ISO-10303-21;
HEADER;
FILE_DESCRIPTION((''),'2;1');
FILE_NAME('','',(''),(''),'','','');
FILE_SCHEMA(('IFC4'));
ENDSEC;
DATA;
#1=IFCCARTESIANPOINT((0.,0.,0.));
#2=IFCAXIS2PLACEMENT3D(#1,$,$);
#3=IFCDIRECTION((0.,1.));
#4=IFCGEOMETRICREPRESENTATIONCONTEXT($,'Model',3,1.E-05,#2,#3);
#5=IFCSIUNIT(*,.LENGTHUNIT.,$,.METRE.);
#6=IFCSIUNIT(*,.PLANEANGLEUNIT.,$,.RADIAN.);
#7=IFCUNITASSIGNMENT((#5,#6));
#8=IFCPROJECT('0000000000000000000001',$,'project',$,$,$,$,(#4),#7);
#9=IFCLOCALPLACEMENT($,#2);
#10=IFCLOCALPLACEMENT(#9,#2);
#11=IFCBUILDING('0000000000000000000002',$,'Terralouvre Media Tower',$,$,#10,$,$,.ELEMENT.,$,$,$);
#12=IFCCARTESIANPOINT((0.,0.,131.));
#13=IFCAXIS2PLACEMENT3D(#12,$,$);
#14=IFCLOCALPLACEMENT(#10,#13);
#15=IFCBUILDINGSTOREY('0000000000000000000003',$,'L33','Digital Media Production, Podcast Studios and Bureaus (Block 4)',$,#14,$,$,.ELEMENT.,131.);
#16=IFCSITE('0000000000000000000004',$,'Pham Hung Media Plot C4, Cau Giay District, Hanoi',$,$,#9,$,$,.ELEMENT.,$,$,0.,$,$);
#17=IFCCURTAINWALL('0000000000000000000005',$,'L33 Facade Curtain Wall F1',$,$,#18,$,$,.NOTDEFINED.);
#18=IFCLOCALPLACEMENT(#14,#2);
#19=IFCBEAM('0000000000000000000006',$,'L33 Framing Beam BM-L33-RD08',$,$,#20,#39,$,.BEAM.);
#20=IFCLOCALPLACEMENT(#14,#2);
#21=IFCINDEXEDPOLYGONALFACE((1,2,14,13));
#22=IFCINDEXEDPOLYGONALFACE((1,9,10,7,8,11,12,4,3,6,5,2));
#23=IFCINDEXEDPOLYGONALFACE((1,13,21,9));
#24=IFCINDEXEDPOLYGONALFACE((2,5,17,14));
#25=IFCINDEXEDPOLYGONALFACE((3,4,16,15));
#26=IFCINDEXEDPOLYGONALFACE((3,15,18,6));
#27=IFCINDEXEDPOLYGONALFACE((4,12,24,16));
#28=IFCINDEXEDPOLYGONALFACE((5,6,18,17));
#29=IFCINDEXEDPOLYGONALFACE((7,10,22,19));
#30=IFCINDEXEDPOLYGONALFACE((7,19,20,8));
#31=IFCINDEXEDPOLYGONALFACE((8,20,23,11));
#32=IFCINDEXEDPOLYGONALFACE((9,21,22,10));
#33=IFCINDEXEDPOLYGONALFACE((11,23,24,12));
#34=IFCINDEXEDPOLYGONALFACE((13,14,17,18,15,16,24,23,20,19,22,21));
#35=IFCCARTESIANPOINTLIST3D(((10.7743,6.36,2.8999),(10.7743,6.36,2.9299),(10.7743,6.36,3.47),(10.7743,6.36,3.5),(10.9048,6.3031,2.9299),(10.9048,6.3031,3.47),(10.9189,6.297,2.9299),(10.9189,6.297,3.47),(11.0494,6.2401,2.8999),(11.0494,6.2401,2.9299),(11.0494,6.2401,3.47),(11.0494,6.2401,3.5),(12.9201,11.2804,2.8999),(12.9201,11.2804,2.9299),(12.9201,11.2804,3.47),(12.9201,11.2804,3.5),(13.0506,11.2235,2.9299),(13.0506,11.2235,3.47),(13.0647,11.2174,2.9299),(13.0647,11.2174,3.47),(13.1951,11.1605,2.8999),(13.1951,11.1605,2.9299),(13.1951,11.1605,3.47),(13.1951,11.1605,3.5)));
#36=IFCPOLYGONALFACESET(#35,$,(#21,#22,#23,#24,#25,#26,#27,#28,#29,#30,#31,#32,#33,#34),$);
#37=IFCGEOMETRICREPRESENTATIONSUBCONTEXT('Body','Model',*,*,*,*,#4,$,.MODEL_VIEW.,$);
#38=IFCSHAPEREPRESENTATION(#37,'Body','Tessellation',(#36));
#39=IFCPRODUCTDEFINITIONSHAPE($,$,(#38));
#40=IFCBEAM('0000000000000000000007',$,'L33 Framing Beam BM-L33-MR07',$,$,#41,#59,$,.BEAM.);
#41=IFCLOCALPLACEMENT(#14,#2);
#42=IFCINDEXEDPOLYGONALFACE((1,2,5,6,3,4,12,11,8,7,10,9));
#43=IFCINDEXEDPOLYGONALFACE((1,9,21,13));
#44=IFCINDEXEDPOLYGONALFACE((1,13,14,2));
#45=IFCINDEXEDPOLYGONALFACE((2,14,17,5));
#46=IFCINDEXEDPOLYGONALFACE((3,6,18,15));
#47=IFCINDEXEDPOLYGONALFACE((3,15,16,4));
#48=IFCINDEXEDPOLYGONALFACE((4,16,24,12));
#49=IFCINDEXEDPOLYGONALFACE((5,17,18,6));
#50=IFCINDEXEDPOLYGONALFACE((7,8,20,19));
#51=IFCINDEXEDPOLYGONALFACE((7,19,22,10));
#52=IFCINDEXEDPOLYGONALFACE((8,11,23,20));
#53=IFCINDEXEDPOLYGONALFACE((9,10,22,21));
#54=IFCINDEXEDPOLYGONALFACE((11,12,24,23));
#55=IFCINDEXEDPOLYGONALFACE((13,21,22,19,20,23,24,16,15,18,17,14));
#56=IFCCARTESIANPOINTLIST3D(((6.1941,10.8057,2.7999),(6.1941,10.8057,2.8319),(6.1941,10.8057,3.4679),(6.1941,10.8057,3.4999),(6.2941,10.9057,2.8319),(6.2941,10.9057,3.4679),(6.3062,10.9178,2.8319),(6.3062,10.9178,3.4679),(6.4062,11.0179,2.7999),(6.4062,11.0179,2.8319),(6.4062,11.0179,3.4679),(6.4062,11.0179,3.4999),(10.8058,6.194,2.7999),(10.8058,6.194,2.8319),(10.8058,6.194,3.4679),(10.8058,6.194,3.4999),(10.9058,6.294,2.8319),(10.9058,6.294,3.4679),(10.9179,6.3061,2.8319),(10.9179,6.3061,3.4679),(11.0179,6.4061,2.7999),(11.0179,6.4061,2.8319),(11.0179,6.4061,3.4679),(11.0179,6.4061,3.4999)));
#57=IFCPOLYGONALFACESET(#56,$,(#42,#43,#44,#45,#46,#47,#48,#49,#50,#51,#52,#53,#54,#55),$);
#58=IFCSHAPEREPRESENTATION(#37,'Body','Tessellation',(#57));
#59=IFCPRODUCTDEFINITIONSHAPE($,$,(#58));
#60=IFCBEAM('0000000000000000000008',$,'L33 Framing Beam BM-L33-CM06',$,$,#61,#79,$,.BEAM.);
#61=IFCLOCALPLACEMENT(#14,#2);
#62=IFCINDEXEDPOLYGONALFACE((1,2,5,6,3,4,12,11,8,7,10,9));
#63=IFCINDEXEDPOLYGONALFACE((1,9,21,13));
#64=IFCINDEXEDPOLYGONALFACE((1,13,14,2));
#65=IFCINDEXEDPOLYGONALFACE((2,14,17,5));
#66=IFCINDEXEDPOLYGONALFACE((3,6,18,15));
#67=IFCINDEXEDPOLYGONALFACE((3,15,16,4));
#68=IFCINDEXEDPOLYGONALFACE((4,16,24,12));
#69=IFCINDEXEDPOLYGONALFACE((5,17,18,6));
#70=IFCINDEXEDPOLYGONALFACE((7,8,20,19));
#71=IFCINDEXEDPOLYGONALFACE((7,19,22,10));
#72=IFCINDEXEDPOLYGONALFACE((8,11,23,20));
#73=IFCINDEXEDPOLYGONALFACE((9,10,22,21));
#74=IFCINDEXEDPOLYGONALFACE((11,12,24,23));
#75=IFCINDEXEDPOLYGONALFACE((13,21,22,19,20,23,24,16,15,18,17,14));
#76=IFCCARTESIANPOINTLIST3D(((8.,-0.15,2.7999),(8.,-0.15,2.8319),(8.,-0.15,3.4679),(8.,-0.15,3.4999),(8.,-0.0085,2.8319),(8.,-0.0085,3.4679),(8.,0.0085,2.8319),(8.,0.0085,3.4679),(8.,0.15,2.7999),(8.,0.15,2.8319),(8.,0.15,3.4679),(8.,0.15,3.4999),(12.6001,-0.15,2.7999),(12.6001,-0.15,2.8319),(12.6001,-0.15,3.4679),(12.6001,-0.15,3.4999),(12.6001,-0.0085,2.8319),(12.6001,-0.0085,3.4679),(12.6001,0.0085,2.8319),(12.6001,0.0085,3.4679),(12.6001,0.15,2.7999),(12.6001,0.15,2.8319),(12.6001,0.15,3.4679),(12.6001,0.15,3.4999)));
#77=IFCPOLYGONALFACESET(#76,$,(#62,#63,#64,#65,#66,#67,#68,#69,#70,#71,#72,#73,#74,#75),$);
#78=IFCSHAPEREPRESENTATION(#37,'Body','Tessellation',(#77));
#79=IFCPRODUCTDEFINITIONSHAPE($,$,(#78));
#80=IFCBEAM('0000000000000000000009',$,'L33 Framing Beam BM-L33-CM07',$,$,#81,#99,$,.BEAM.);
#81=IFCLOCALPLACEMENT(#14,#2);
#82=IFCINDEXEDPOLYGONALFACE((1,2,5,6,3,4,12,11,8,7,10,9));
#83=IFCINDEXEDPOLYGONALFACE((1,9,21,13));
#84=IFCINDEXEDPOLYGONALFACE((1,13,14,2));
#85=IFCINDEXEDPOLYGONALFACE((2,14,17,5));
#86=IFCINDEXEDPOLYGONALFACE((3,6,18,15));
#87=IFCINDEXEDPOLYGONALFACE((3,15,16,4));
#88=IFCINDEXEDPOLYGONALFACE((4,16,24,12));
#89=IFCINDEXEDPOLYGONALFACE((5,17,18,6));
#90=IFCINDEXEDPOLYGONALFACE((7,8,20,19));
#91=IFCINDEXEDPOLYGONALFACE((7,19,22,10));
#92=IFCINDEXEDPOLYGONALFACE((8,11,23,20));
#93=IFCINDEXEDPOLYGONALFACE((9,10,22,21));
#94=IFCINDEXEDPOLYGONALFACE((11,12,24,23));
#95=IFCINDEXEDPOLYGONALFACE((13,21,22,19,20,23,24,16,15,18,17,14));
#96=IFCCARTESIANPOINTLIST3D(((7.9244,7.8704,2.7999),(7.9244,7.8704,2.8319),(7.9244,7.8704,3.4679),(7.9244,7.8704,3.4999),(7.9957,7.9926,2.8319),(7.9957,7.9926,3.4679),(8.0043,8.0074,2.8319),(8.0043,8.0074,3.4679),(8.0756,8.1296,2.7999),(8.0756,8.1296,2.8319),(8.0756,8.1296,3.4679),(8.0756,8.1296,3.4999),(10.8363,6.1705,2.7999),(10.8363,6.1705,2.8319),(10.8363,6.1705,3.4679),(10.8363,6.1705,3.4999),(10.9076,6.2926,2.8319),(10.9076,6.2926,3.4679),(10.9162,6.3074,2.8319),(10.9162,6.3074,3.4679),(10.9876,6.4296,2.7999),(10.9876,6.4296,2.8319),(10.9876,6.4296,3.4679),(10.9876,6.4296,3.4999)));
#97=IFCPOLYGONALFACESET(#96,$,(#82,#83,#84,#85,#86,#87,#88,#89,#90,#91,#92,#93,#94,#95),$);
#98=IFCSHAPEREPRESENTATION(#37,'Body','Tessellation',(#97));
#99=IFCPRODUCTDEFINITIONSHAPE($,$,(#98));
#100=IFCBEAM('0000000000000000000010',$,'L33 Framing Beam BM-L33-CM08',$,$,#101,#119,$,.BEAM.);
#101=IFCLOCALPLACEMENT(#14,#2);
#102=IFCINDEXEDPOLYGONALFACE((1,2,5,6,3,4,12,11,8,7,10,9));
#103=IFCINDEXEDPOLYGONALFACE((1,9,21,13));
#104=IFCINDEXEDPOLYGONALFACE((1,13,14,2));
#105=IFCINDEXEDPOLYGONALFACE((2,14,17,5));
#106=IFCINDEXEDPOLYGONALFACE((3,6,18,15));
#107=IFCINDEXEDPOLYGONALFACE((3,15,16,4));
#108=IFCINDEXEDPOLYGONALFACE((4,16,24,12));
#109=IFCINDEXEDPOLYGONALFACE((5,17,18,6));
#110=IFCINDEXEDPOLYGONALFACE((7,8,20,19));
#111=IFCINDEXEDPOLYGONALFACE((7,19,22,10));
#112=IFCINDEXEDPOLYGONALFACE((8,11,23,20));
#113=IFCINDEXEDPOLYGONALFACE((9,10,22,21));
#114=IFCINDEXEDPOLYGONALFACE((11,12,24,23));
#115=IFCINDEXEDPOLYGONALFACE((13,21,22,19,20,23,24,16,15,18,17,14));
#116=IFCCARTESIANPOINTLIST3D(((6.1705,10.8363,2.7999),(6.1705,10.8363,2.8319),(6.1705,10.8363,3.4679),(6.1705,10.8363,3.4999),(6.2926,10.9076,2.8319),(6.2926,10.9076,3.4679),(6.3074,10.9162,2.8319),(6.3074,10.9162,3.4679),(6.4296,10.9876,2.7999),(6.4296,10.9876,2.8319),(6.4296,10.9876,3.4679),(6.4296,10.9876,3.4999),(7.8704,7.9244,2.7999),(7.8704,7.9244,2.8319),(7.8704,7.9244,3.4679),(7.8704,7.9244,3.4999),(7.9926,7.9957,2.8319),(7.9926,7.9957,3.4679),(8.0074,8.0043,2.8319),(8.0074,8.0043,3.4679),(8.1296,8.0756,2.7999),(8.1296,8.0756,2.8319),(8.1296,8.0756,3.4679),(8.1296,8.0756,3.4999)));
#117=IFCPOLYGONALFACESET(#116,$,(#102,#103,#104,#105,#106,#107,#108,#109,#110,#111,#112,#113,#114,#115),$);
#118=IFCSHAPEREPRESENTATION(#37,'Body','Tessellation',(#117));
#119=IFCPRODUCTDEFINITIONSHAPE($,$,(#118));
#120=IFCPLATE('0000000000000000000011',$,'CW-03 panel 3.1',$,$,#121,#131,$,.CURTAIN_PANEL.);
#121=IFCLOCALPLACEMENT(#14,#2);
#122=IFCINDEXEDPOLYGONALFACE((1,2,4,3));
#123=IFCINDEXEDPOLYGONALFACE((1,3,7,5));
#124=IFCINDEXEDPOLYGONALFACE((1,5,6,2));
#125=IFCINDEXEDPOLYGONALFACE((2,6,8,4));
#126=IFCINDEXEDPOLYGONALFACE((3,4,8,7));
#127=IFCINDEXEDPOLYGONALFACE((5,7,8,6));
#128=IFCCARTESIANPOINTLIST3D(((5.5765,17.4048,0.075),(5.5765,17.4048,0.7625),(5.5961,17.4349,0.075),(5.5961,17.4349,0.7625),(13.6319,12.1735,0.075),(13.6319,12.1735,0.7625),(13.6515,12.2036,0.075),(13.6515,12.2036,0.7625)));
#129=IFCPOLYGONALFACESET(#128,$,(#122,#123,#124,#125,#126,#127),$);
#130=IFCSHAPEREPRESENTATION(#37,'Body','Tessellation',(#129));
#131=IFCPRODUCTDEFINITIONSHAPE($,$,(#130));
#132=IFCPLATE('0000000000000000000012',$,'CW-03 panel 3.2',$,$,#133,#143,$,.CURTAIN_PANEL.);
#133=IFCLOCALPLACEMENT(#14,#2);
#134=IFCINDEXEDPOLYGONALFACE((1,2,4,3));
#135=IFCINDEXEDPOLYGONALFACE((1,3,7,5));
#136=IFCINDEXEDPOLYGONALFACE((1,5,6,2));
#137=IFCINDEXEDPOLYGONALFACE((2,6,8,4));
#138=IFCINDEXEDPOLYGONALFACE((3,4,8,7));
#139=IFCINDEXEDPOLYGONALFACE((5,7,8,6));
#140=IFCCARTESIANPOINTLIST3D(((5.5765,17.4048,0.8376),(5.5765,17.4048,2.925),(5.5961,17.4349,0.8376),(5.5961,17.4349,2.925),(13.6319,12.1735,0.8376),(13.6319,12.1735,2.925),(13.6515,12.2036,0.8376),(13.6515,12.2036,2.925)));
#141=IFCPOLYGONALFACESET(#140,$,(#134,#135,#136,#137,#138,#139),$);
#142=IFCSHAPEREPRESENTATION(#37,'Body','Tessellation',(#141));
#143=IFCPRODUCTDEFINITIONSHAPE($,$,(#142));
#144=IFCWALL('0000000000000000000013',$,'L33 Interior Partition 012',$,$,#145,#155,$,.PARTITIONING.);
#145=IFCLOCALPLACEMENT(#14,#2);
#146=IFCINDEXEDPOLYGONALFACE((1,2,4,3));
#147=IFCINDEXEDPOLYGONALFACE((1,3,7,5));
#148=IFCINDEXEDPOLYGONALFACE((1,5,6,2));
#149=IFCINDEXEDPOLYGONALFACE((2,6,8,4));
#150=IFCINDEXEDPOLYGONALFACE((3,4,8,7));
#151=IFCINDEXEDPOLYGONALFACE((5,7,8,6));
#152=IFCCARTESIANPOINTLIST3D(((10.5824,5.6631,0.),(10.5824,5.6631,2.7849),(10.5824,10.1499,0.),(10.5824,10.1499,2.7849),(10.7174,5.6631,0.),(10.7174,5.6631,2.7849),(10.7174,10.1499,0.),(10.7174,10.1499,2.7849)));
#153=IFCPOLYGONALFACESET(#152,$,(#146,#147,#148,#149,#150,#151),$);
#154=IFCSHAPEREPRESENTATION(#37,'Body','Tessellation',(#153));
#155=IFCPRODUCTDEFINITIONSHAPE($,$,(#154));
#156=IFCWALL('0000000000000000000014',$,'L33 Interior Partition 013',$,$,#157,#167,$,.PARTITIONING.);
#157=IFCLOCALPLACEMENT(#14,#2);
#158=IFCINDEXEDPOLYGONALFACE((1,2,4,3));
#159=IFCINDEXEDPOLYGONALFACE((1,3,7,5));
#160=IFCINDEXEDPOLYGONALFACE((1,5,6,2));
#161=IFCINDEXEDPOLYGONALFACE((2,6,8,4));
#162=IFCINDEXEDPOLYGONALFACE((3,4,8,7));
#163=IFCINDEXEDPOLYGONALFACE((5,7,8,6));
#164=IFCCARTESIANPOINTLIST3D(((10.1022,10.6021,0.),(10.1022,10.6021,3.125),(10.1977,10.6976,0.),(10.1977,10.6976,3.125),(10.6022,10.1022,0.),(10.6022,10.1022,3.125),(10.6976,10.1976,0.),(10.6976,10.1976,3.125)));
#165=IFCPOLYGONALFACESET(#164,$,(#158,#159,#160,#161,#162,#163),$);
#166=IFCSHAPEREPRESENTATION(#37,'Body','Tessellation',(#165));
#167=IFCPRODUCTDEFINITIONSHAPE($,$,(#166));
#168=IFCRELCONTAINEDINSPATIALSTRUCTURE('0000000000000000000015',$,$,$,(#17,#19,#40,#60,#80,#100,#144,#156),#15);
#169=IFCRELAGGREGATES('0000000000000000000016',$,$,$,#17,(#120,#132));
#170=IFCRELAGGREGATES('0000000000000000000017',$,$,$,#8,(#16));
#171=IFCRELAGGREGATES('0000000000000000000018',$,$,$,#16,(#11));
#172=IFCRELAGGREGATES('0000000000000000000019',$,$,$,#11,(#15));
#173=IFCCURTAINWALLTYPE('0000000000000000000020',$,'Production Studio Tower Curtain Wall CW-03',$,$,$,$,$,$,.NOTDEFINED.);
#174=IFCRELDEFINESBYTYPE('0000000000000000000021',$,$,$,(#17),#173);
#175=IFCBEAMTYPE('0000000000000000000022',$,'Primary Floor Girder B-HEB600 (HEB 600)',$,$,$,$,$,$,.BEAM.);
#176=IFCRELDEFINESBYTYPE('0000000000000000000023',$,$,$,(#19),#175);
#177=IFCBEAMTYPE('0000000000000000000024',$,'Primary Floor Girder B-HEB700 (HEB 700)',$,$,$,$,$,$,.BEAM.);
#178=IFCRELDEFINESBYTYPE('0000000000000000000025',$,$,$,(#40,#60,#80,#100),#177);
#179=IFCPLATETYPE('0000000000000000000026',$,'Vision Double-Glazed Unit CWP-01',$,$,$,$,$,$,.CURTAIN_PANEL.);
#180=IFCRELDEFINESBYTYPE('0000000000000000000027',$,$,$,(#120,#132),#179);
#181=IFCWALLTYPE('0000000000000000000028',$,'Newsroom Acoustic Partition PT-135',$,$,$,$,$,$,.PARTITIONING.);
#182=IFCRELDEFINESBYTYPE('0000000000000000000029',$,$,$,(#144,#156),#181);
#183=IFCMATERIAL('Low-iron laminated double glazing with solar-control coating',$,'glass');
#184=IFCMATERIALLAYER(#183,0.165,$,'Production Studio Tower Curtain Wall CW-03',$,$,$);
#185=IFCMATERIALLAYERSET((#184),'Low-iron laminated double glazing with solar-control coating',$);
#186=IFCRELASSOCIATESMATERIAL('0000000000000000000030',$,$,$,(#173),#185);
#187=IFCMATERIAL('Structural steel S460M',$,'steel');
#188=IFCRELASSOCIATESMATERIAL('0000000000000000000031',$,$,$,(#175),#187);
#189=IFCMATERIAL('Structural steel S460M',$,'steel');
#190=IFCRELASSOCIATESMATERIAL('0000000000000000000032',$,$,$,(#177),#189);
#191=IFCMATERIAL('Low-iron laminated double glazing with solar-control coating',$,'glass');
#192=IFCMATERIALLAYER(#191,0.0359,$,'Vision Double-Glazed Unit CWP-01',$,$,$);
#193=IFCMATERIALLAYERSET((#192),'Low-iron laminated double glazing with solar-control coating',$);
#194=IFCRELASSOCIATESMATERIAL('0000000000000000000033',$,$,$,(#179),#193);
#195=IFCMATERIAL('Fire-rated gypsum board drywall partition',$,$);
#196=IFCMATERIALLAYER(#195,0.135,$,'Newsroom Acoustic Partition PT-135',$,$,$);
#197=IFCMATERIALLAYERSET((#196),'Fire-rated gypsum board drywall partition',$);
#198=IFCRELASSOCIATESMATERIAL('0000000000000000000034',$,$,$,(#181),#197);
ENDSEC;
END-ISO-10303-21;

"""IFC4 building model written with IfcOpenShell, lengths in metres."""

from ifc_helpers import new_model, si_unit, direction, frame, frame_2d, origin, origin_2d, place, context, subcontext, project, spatial, rectangle, i_section, extrude, material, layer, layer_set, material_profile, profile_set, type_object, element, aggregate, save


model = new_model("IFC4")

# Units and contexts
model_context = context("Model", 3, precision=1e-05, world=origin(), true_north=direction((0.0, 1.0)))
body_context = subcontext(model_context, "Body", "Model", "MODEL_VIEW")
ifc_project = project(units=[si_unit("LENGTHUNIT", "METRE"), si_unit("PLANEANGLEUNIT", "RADIAN")], contexts=[model_context])

# Site, building, storey
site_placement = place(None, origin())
site = spatial("IfcSite", under=ifc_project, at=site_placement, Name="Pham Hung Media Plot C4, Cau Giay District, Hanoi", CompositionType="ELEMENT", RefElevation=0.0)
building_placement = place(site_placement, origin())
building = spatial("IfcBuilding", under=site, at=building_placement, Name="Terralouvre Media Tower", CompositionType="ELEMENT")
storey_placement = place(building_placement, frame((0.0, 0.0, 131.0)))
storey = spatial("IfcBuildingStorey", under=building, at=storey_placement, Name="L33", Description="Digital Media Production, Podcast Studios and Bureaus (Block 4)", CompositionType="ELEMENT", Elevation=131.0)

# Curtain wall
ifc_material_1 = material(Name="Low-iron laminated double glazing with solar-control coating", Category="glass")
ifc_layer_1 = layer(ifc_material_1, 0.165, Name="Production Studio Tower Curtain Wall CW-03")
ifc_layer_set_1 = layer_set([ifc_layer_1], Name="Low-iron laminated double glazing with solar-control coating")
curtain_wall_type = type_object("IfcCurtainWallType", Name="Production Studio Tower Curtain Wall CW-03", PredefinedType="NOTDEFINED", material=ifc_layer_set_1)
curtain_wall_placement = place(storey_placement, origin())
curtain_wall = element("IfcCurtainWall", 1, at=curtain_wall_placement, inside=storey, type_object=curtain_wall_type, Name="L33 Facade Curtain Wall F1", PredefinedType="NOTDEFINED")

# Beams
ifc_material_2 = material(Name="Structural steel S460M", Category="steel")
ifc_material_profile_1 = material_profile(ifc_material_2, i_section(OverallWidth=0.3, OverallDepth=0.6001, WebThickness=0.0154, FlangeThickness=0.03, at=origin_2d()), Name="HEB 600")
ifc_profile_set_1 = profile_set([ifc_material_profile_1], Name="Structural steel S460M")
beam_type_1 = type_object("IfcBeamType", Name="Primary Floor Girder B-HEB600 (HEB 600)", PredefinedType="BEAM", material=ifc_profile_set_1)
beam_1_placement = place(storey_placement, frame((10.9119, 6.3, 3.2), z_axis=(0.399735, 0.916631, 0.0), x_axis=(-0.916631, 0.399735, 0.0)))
element("IfcBeam", 2, at=beam_1_placement, inside=storey, type_object=beam_type_1, Name="L33 Framing Beam BM-L33-RD08", PredefinedType="BEAM", context=body_context, shape_type="SweptSolid", body=[
    extrude(i_section(OverallWidth=0.3, OverallDepth=0.6001, WebThickness=0.0154, FlangeThickness=0.03, at=origin_2d()), origin(), (0.0, 0.0, 1.0), 5.3679),
])
ifc_material_3 = material(Name="Structural steel S460M", Category="steel")
ifc_material_profile_2 = material_profile(ifc_material_3, i_section(OverallWidth=0.3, OverallDepth=0.7, WebThickness=0.0171, FlangeThickness=0.032, at=origin_2d()), Name="HEB 700")
ifc_profile_set_2 = profile_set([ifc_material_profile_2], Name="Structural steel S460M")
beam_type_2 = type_object("IfcBeamType", Name="Primary Floor Girder B-HEB700 (HEB 700)", PredefinedType="BEAM", material=ifc_profile_set_2)
beam_2_placement = place(storey_placement, frame((10.9119, 6.3, 3.1499), z_axis=(-0.707107, 0.707107, 0.0), x_axis=(-0.707107, -0.707107, 0.0)))
element("IfcBeam", 3, at=beam_2_placement, inside=storey, type_object=beam_type_2, Name="L33 Framing Beam BM-L33-MR07", PredefinedType="BEAM", context=body_context, shape_type="SweptSolid", body=[
    extrude(i_section(OverallWidth=0.3, OverallDepth=0.7, WebThickness=0.0171, FlangeThickness=0.032, at=origin_2d()), origin(), (0.0, 0.0, 1.0), 6.522),
])
beam_3_placement = place(storey_placement, frame((8.0, 0.0, 3.1499), z_axis=(1.0, 0.0, 0.0), x_axis=(0.0, 1.0, 0.0)))
element("IfcBeam", 4, at=beam_3_placement, inside=storey, type_object=beam_type_2, Name="L33 Framing Beam BM-L33-CM06", PredefinedType="BEAM", context=body_context, shape_type="SweptSolid", body=[
    extrude(i_section(OverallWidth=0.3, OverallDepth=0.7, WebThickness=0.0171, FlangeThickness=0.032, at=origin_2d()), origin(), (0.0, 0.0, 1.0), 4.6001),
])
for number, where, z_axis, x_axis, name in (
    (5, (8.0, 8.0, 3.1499), (0.863603, -0.504173, 0.0), (0.504173, 0.863603, 0.0), "L33 Framing Beam BM-L33-CM07"),
    (6, (8.0, 8.0, 3.1499), (-0.504173, 0.863603, 0.0), (-0.863603, -0.504173, 0.0), "L33 Framing Beam BM-L33-CM08"),
):
    element("IfcBeam", number, at=place(storey_placement, frame(where, z_axis=z_axis, x_axis=x_axis)), inside=storey, type_object=beam_type_2, Name=name, PredefinedType="BEAM", context=body_context, shape_type="SweptSolid", body=[
        extrude(i_section(OverallWidth=0.3, OverallDepth=0.7, WebThickness=0.0171, FlangeThickness=0.032, at=origin_2d()), origin(), (0.0, 0.0, 1.0), 3.3718),
    ])

# Plates
ifc_material_4 = material(Name="Low-iron laminated double glazing with solar-control coating", Category="glass")
ifc_layer_2 = layer(ifc_material_4, 0.0359, Name="Vision Double-Glazed Unit CWP-01")
ifc_layer_set_2 = layer_set([ifc_layer_2], Name="Low-iron laminated double glazing with solar-control coating")
plate_type = type_object("IfcPlateType", Name="Vision Double-Glazed Unit CWP-01", PredefinedType="CURTAIN_PANEL", material=ifc_layer_set_2)
plate_1_placement = place(storey_placement, frame((9.614, 14.8042, 0.075), z_axis=(0.0, 0.0, 1.0), x_axis=(-0.838671, 0.544639, 0.0)))
plate_1 = element("IfcPlate", 7, at=plate_1_placement, type_object=plate_type, Name="CW-03 panel 3.1", PredefinedType="CURTAIN_PANEL", context=body_context, shape_type="SweptSolid", body=[
    extrude(rectangle(XDim=9.605, YDim=0.0359, at=origin_2d()), origin(), (0.0, 0.0, 1.0), 0.6875),
])
plate_2_placement = place(storey_placement, frame((9.614, 14.8042, 0.8376), z_axis=(0.0, 0.0, 1.0), x_axis=(-0.838671, 0.544639, 0.0)))
plate_2 = element("IfcPlate", 8, at=plate_2_placement, type_object=plate_type, Name="CW-03 panel 3.2", PredefinedType="CURTAIN_PANEL", context=body_context, shape_type="SweptSolid", body=[
    extrude(rectangle(XDim=9.605, YDim=0.0359, at=origin_2d()), origin(), (0.0, 0.0, 1.0), 2.0874),
])
aggregate(curtain_wall, [plate_1, plate_2])

# Walls
ifc_material_5 = material(Name="Fire-rated gypsum board drywall partition")
ifc_layer_3 = layer(ifc_material_5, 0.135, Name="Newsroom Acoustic Partition PT-135")
ifc_layer_set_3 = layer_set([ifc_layer_3], Name="Fire-rated gypsum board drywall partition")
wall_type = type_object("IfcWallType", Name="Newsroom Acoustic Partition PT-135", PredefinedType="PARTITIONING", material=ifc_layer_set_3)
wall_1_placement = place(storey_placement, frame((10.6499, 5.6631, 0.0), z_axis=(0.0, 0.0, 1.0), x_axis=(0.0, 1.0, 0.0)))
element("IfcWall", 9, at=wall_1_placement, inside=storey, type_object=wall_type, Name="L33 Interior Partition 012", PredefinedType="PARTITIONING", context=body_context, shape_type="SweptSolid", body=[
    extrude(rectangle(XDim=4.4868, YDim=0.135, at=frame_2d((2.2434, 0.0))), origin(), (0.0, 0.0, 1.0), 2.7849),
])
wall_2_placement = place(storey_placement, frame((10.6499, 10.1499, 0.0), z_axis=(0.0, 0.0, 1.0), x_axis=(-0.707107, 0.707107, 0.0)))
element("IfcWall", 10, at=wall_2_placement, inside=storey, type_object=wall_type, Name="L33 Interior Partition 013", PredefinedType="PARTITIONING", context=body_context, shape_type="SweptSolid", body=[
    extrude(rectangle(XDim=0.707, YDim=0.135, at=frame_2d((0.3535, 0.0))), origin(), (0.0, 0.0, 1.0), 3.125),
])

save(model, "model.ifc")
